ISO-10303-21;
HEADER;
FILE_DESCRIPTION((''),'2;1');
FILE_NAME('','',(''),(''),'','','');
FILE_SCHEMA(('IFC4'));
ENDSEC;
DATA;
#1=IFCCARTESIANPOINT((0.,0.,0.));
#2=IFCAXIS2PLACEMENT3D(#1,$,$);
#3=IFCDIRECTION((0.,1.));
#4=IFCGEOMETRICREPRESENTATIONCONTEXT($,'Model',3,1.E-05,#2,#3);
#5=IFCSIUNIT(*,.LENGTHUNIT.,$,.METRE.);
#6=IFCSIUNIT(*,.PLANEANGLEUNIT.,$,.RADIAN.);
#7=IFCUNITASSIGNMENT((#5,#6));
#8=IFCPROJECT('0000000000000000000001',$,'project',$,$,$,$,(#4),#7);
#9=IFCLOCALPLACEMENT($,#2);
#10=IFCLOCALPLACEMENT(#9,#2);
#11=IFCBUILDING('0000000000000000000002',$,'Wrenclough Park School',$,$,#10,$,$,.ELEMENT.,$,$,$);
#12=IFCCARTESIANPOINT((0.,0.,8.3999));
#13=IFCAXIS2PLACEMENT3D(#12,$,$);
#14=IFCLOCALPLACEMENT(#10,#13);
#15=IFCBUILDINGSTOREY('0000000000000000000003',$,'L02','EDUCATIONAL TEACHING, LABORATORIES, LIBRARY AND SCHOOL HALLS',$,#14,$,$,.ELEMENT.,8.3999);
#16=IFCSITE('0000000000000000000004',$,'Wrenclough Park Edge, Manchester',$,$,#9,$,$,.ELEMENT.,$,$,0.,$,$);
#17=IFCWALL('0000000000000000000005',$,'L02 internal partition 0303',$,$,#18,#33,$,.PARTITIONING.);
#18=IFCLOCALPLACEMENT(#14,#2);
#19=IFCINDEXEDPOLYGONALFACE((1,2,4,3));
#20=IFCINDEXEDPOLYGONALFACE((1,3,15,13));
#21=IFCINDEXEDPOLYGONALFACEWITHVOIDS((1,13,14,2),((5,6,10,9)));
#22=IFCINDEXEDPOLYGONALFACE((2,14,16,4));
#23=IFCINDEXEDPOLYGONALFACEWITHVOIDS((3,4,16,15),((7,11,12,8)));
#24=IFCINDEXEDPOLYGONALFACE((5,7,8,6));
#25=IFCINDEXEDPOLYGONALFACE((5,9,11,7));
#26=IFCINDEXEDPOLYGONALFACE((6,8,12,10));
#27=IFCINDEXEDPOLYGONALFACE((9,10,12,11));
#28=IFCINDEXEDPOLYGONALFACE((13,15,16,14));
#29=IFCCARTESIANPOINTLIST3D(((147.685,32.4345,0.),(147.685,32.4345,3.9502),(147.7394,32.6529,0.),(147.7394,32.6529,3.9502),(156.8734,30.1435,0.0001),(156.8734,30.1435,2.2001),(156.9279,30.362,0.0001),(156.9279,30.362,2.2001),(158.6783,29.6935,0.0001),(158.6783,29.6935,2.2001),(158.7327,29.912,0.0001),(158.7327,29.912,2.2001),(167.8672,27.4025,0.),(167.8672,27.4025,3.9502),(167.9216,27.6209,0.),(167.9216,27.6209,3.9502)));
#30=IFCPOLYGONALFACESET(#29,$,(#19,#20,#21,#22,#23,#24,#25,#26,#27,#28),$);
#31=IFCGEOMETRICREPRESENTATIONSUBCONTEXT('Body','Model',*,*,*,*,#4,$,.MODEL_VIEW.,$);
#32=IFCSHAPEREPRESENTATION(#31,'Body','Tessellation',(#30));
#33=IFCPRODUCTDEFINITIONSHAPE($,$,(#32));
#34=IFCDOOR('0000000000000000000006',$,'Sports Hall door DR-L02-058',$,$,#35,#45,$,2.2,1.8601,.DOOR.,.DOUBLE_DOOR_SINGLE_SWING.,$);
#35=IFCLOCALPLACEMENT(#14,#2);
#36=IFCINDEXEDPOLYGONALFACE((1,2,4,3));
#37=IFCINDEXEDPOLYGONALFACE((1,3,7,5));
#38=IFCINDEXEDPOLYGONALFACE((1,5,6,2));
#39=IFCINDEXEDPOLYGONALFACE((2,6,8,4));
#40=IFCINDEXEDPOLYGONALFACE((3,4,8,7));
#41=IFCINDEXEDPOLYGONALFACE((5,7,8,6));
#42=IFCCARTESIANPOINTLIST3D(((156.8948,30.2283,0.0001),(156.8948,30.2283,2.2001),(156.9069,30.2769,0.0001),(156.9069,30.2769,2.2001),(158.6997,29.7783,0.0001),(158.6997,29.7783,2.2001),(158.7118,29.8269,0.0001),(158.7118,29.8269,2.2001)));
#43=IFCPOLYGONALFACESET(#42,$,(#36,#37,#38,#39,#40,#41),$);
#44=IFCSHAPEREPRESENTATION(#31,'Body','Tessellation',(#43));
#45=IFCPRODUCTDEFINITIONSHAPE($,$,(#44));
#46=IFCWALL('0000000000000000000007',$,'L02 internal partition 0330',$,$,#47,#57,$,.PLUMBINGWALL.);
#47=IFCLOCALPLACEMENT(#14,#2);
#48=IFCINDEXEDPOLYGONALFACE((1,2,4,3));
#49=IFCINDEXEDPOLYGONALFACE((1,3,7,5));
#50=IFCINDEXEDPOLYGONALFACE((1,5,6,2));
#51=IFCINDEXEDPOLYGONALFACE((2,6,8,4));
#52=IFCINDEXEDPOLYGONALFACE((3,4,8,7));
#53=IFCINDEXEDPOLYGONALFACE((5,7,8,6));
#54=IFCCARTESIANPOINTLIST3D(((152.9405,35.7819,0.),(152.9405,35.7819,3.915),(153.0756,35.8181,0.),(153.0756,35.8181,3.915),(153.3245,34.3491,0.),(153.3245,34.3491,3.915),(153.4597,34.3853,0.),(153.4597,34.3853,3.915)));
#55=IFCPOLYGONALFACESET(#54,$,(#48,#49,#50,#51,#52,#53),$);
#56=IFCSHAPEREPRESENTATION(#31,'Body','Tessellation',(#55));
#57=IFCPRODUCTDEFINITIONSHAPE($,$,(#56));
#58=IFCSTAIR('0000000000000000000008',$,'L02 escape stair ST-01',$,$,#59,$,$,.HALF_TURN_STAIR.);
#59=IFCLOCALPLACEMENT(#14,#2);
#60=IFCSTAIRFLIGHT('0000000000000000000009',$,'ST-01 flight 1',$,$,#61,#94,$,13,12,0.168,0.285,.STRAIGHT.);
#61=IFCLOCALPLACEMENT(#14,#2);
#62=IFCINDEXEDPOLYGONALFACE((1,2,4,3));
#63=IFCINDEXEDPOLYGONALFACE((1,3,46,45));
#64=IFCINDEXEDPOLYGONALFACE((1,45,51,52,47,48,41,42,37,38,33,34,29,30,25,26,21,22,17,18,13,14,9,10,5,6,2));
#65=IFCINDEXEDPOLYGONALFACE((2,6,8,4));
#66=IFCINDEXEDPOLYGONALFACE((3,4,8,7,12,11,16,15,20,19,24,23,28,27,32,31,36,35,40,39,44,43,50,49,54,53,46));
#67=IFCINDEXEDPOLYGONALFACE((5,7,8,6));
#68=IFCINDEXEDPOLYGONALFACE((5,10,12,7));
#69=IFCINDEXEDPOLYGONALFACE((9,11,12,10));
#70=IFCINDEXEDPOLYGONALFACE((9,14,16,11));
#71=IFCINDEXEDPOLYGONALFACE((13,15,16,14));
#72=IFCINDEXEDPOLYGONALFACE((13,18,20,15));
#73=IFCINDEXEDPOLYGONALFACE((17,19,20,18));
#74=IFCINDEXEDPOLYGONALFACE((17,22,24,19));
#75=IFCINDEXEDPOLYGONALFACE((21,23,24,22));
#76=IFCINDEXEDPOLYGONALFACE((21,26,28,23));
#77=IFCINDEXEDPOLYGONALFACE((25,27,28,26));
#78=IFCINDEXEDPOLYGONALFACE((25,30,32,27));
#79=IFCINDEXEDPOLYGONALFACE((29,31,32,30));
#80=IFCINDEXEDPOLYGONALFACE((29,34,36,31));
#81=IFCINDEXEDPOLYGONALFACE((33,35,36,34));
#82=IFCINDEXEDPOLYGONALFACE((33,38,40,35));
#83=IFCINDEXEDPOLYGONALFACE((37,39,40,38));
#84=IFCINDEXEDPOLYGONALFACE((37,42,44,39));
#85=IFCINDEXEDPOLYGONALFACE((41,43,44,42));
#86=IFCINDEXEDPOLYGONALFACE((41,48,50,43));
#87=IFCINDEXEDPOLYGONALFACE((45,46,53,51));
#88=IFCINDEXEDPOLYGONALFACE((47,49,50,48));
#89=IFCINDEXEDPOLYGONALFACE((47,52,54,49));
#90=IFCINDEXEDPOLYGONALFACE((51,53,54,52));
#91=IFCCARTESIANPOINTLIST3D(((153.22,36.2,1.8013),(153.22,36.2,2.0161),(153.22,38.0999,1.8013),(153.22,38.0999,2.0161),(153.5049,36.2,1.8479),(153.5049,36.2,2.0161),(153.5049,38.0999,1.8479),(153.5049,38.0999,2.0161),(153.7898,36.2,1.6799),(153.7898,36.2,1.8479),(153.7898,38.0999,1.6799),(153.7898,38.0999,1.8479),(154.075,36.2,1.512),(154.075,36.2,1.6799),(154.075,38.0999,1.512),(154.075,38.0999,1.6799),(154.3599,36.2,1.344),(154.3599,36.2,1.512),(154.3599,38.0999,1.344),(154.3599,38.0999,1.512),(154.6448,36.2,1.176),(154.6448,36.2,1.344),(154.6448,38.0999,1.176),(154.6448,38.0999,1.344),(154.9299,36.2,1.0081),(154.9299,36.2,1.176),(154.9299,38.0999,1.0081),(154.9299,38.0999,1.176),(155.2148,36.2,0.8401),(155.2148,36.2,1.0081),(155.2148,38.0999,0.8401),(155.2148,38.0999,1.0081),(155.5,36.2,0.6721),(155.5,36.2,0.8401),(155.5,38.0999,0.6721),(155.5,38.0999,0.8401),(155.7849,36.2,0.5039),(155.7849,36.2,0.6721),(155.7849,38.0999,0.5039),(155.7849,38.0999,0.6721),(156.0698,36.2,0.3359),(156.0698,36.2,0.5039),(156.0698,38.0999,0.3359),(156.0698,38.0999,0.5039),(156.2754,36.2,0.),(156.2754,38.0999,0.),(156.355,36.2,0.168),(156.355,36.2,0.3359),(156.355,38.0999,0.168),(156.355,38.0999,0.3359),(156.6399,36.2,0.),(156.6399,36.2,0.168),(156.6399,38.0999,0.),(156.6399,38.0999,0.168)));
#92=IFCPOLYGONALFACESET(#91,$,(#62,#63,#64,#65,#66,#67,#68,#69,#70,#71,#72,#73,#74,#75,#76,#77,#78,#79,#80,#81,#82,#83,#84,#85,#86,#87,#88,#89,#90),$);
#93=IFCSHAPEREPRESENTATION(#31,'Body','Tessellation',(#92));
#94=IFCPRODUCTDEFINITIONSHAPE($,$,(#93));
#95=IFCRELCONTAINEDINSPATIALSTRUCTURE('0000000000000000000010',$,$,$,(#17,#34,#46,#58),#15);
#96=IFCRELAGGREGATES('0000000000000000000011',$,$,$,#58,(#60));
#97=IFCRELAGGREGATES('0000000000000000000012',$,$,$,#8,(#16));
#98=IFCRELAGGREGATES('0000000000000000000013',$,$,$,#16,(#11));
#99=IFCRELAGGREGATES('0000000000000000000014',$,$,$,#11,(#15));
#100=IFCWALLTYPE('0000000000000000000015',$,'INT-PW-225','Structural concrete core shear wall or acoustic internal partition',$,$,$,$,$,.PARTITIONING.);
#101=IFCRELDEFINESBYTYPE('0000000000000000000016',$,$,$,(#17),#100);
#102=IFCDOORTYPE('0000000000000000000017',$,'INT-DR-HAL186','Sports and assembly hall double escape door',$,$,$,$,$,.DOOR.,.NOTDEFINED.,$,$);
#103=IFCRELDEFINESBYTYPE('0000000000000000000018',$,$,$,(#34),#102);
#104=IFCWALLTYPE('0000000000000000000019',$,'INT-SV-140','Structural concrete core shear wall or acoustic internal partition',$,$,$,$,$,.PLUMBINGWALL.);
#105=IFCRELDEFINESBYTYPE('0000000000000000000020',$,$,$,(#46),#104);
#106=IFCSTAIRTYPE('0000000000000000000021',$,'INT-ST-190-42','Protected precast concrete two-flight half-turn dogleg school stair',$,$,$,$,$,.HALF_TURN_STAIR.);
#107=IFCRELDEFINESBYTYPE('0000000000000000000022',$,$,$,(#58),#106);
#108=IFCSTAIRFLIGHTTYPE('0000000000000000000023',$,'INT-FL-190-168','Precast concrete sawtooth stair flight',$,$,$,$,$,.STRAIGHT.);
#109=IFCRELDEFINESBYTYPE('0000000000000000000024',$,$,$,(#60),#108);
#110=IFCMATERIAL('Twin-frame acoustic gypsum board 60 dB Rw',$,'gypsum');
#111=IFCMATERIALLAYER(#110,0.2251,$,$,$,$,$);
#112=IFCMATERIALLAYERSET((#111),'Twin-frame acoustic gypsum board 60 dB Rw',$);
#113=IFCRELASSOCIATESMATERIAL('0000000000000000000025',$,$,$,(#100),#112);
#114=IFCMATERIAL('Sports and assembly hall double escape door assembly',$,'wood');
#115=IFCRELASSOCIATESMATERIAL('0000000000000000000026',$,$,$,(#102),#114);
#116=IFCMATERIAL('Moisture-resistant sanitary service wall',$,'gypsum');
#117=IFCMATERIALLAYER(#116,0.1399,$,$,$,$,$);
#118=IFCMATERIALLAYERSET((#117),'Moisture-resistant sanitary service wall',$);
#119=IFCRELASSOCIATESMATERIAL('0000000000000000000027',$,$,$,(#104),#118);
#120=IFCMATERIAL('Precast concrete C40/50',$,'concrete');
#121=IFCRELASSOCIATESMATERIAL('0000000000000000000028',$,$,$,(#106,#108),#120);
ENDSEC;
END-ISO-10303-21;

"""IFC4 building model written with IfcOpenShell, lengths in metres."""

from ifc_helpers import new_model, si_unit, direction, frame, frame_2d, origin, place, context, subcontext, project, spatial, polyline, rectangle, outline, extrude, material, layer, layer_set, type_object, element, fill, aggregate, save


model = new_model("IFC4")

# Units and contexts
model_context = context("Model", 3, precision=1e-05, world=origin(), true_north=direction((0.0, 1.0)))
body_context = subcontext(model_context, "Body", "Model", "MODEL_VIEW")
ifc_project = project(units=[si_unit("LENGTHUNIT", "METRE"), si_unit("PLANEANGLEUNIT", "RADIAN")], contexts=[model_context])

# Site, building, storey
site_placement = place(None, origin())
site = spatial("IfcSite", under=ifc_project, at=site_placement, Name="Wrenclough Park Edge, Manchester", CompositionType="ELEMENT", RefElevation=0.0)
building_placement = place(site_placement, origin())
building = spatial("IfcBuilding", under=site, at=building_placement, Name="Wrenclough Park School", CompositionType="ELEMENT")
storey_placement = place(building_placement, frame((0.0, 0.0, 8.3999)))
storey = spatial("IfcBuildingStorey", under=building, at=storey_placement, Name="L02", Description="EDUCATIONAL TEACHING, LABORATORIES, LIBRARY AND SCHOOL HALLS", CompositionType="ELEMENT", Elevation=8.3999)

# Wall, opening, door
ifc_material_1 = material(Name="Twin-frame acoustic gypsum board 60 dB Rw", Category="gypsum")
ifc_layer_1 = layer(ifc_material_1, 0.2251)
ifc_layer_set_1 = layer_set([ifc_layer_1], Name="Twin-frame acoustic gypsum board 60 dB Rw")
wall_type_1 = type_object("IfcWallType", Name="INT-PW-225", Description="Structural concrete core shear wall or acoustic internal partition", PredefinedType="PARTITIONING", material=ifc_layer_set_1)
wall_1_placement = place(storey_placement, frame((167.8943, 27.5117, 0.0), z_axis=(0.0, 0.0, 1.0), x_axis=(-0.970296, 0.241922, 0.0)))
wall_1 = element("IfcWall", 1, at=wall_1_placement, inside=storey, type_object=wall_type_1, Name="L02 internal partition 0303", PredefinedType="PARTITIONING", context=body_context, shape_type="SweptSolid", body=[
    extrude(rectangle(XDim=20.8, YDim=0.2251, at=frame_2d((10.3999, 0.0))), origin(), (0.0, 0.0, 1.0), 3.9502),
])
opening_1_placement = place(wall_1_placement, frame((9.47, 0.0, 0.0)))
opening_1 = element("IfcOpeningElement", 2, at=opening_1_placement, cuts=wall_1, PredefinedType="OPENING", context=body_context, shape_type="SweptSolid", body=[
    extrude(rectangle(XDim=1.8601, YDim=2.2, at=frame_2d((0.9302, 1.1001))), frame((0.0, 0.1226, 0.0), z_axis=(0.0, -1.0, 0.0), x_axis=(1.0, 0.0, 0.0)), (0.0, 0.0, 1.0), 0.2451),
])
ifc_material_2 = material(Name="Sports and assembly hall double escape door assembly", Category="wood")
door_type_1 = type_object("IfcDoorType", Name="INT-DR-HAL186", Description="Sports and assembly hall double escape door", OperationType="NOTDEFINED", PredefinedType="DOOR", material=ifc_material_2)
door_1_placement = place(opening_1_placement, frame((1.8601, 0.0, 0.0), z_axis=(0.0, 0.0, 1.0), x_axis=(-1.0, 0.0, 0.0)))
door_1 = element("IfcDoor", 3, at=door_1_placement, inside=storey, type_object=door_type_1, Name="Sports Hall door DR-L02-058", OperationType="DOUBLE_DOOR_SINGLE_SWING", OverallHeight=2.2, OverallWidth=1.8601, PredefinedType="DOOR", context=body_context, shape_type="SweptSolid", body=[
    extrude(rectangle(XDim=1.8601, YDim=2.2, at=frame_2d((0.9302, 1.1001))), frame((0.0, 0.0249, 0.0), z_axis=(0.0, -1.0, 0.0), x_axis=(1.0, 0.0, 0.0)), (0.0, 0.0, 1.0), 0.05),
])
fill(opening_1, door_1)

# Wall
ifc_material_3 = material(Name="Moisture-resistant sanitary service wall", Category="gypsum")
ifc_layer_2 = layer(ifc_material_3, 0.1399)
ifc_layer_set_2 = layer_set([ifc_layer_2], Name="Moisture-resistant sanitary service wall")
wall_type_2 = type_object("IfcWallType", Name="INT-SV-140", Description="Structural concrete core shear wall or acoustic internal partition", PredefinedType="PLUMBINGWALL", material=ifc_layer_set_2)
wall_2_placement = place(storey_placement, frame((153.3921, 34.3672, 0.0), z_axis=(0.0, 0.0, 1.0), x_axis=(-0.258881, 0.965909, 0.0)))
element("IfcWall", 4, at=wall_2_placement, inside=storey, type_object=wall_type_2, Name="L02 internal partition 0330", PredefinedType="PLUMBINGWALL", context=body_context, shape_type="SweptSolid", body=[
    extrude(rectangle(XDim=1.4834, YDim=0.1399, at=frame_2d((0.7417, 0.0))), origin(), (0.0, 0.0, 1.0), 3.915),
])

# Stair, stair flight
ifc_material_4 = material(Name="Precast concrete C40/50", Category="concrete")
stair_type = type_object("IfcStairType", Name="INT-ST-190-42", Description="Protected precast concrete two-flight half-turn dogleg school stair", PredefinedType="HALF_TURN_STAIR", material=ifc_material_4)
stair_placement = place(storey_placement, origin())
stair = element("IfcStair", 5, at=stair_placement, inside=storey, type_object=stair_type, Name="L02 escape stair ST-01", PredefinedType="HALF_TURN_STAIR")
stair_flight_type = type_object("IfcStairFlightType", Name="INT-FL-190-168", Description="Precast concrete sawtooth stair flight", PredefinedType="STRAIGHT", material=ifc_material_4)
stair_flight_placement = place(storey_placement, frame((156.6399, 37.1499, 0.0), z_axis=(0.0, 0.0, 1.0), x_axis=(-1.0, 0.0, 0.0)))
stair_flight = element("IfcStairFlight", 6, at=stair_flight_placement, type_object=stair_flight_type, Name="ST-01 flight 1", NumberOfRisers=13, NumberOfTreads=12, PredefinedType="STRAIGHT", RiserHeight=0.168, TreadLength=0.285, context=body_context, shape_type="SweptSolid", body=[
    extrude(outline(polyline([(0.0, 0.0), (0.0, 0.168), (0.2849, 0.168), (0.2849, 0.3359), (0.5701, 0.3359), (0.5701, 0.5039), (0.855, 0.5039), (0.855, 0.6721), (1.1399, 0.6721), (1.1399, 0.8401), (1.425, 0.8401), (1.425, 1.0081), (1.71, 1.0081), (1.71, 1.176), (1.9951, 1.176), (1.9951, 1.344), (2.28, 1.344), (2.28, 1.512), (2.5649, 1.512), (2.5649, 1.6799), (2.8501, 1.6799), (2.8501, 1.8479), (3.135, 1.8479), (3.135, 2.0161), (3.4199, 2.0161), (3.4199, 2.1841), (3.4199, 1.8013), (0.3645, 0.0), (0.0, 0.0)])), frame((0.0, 0.95, 0.0), z_axis=(0.0, -1.0, 0.0), x_axis=(1.0, 0.0, 0.0)), (0.0, 0.0, 1.0), 1.8999),
])
aggregate(stair, [stair_flight])

save(model, "model.ifc")
